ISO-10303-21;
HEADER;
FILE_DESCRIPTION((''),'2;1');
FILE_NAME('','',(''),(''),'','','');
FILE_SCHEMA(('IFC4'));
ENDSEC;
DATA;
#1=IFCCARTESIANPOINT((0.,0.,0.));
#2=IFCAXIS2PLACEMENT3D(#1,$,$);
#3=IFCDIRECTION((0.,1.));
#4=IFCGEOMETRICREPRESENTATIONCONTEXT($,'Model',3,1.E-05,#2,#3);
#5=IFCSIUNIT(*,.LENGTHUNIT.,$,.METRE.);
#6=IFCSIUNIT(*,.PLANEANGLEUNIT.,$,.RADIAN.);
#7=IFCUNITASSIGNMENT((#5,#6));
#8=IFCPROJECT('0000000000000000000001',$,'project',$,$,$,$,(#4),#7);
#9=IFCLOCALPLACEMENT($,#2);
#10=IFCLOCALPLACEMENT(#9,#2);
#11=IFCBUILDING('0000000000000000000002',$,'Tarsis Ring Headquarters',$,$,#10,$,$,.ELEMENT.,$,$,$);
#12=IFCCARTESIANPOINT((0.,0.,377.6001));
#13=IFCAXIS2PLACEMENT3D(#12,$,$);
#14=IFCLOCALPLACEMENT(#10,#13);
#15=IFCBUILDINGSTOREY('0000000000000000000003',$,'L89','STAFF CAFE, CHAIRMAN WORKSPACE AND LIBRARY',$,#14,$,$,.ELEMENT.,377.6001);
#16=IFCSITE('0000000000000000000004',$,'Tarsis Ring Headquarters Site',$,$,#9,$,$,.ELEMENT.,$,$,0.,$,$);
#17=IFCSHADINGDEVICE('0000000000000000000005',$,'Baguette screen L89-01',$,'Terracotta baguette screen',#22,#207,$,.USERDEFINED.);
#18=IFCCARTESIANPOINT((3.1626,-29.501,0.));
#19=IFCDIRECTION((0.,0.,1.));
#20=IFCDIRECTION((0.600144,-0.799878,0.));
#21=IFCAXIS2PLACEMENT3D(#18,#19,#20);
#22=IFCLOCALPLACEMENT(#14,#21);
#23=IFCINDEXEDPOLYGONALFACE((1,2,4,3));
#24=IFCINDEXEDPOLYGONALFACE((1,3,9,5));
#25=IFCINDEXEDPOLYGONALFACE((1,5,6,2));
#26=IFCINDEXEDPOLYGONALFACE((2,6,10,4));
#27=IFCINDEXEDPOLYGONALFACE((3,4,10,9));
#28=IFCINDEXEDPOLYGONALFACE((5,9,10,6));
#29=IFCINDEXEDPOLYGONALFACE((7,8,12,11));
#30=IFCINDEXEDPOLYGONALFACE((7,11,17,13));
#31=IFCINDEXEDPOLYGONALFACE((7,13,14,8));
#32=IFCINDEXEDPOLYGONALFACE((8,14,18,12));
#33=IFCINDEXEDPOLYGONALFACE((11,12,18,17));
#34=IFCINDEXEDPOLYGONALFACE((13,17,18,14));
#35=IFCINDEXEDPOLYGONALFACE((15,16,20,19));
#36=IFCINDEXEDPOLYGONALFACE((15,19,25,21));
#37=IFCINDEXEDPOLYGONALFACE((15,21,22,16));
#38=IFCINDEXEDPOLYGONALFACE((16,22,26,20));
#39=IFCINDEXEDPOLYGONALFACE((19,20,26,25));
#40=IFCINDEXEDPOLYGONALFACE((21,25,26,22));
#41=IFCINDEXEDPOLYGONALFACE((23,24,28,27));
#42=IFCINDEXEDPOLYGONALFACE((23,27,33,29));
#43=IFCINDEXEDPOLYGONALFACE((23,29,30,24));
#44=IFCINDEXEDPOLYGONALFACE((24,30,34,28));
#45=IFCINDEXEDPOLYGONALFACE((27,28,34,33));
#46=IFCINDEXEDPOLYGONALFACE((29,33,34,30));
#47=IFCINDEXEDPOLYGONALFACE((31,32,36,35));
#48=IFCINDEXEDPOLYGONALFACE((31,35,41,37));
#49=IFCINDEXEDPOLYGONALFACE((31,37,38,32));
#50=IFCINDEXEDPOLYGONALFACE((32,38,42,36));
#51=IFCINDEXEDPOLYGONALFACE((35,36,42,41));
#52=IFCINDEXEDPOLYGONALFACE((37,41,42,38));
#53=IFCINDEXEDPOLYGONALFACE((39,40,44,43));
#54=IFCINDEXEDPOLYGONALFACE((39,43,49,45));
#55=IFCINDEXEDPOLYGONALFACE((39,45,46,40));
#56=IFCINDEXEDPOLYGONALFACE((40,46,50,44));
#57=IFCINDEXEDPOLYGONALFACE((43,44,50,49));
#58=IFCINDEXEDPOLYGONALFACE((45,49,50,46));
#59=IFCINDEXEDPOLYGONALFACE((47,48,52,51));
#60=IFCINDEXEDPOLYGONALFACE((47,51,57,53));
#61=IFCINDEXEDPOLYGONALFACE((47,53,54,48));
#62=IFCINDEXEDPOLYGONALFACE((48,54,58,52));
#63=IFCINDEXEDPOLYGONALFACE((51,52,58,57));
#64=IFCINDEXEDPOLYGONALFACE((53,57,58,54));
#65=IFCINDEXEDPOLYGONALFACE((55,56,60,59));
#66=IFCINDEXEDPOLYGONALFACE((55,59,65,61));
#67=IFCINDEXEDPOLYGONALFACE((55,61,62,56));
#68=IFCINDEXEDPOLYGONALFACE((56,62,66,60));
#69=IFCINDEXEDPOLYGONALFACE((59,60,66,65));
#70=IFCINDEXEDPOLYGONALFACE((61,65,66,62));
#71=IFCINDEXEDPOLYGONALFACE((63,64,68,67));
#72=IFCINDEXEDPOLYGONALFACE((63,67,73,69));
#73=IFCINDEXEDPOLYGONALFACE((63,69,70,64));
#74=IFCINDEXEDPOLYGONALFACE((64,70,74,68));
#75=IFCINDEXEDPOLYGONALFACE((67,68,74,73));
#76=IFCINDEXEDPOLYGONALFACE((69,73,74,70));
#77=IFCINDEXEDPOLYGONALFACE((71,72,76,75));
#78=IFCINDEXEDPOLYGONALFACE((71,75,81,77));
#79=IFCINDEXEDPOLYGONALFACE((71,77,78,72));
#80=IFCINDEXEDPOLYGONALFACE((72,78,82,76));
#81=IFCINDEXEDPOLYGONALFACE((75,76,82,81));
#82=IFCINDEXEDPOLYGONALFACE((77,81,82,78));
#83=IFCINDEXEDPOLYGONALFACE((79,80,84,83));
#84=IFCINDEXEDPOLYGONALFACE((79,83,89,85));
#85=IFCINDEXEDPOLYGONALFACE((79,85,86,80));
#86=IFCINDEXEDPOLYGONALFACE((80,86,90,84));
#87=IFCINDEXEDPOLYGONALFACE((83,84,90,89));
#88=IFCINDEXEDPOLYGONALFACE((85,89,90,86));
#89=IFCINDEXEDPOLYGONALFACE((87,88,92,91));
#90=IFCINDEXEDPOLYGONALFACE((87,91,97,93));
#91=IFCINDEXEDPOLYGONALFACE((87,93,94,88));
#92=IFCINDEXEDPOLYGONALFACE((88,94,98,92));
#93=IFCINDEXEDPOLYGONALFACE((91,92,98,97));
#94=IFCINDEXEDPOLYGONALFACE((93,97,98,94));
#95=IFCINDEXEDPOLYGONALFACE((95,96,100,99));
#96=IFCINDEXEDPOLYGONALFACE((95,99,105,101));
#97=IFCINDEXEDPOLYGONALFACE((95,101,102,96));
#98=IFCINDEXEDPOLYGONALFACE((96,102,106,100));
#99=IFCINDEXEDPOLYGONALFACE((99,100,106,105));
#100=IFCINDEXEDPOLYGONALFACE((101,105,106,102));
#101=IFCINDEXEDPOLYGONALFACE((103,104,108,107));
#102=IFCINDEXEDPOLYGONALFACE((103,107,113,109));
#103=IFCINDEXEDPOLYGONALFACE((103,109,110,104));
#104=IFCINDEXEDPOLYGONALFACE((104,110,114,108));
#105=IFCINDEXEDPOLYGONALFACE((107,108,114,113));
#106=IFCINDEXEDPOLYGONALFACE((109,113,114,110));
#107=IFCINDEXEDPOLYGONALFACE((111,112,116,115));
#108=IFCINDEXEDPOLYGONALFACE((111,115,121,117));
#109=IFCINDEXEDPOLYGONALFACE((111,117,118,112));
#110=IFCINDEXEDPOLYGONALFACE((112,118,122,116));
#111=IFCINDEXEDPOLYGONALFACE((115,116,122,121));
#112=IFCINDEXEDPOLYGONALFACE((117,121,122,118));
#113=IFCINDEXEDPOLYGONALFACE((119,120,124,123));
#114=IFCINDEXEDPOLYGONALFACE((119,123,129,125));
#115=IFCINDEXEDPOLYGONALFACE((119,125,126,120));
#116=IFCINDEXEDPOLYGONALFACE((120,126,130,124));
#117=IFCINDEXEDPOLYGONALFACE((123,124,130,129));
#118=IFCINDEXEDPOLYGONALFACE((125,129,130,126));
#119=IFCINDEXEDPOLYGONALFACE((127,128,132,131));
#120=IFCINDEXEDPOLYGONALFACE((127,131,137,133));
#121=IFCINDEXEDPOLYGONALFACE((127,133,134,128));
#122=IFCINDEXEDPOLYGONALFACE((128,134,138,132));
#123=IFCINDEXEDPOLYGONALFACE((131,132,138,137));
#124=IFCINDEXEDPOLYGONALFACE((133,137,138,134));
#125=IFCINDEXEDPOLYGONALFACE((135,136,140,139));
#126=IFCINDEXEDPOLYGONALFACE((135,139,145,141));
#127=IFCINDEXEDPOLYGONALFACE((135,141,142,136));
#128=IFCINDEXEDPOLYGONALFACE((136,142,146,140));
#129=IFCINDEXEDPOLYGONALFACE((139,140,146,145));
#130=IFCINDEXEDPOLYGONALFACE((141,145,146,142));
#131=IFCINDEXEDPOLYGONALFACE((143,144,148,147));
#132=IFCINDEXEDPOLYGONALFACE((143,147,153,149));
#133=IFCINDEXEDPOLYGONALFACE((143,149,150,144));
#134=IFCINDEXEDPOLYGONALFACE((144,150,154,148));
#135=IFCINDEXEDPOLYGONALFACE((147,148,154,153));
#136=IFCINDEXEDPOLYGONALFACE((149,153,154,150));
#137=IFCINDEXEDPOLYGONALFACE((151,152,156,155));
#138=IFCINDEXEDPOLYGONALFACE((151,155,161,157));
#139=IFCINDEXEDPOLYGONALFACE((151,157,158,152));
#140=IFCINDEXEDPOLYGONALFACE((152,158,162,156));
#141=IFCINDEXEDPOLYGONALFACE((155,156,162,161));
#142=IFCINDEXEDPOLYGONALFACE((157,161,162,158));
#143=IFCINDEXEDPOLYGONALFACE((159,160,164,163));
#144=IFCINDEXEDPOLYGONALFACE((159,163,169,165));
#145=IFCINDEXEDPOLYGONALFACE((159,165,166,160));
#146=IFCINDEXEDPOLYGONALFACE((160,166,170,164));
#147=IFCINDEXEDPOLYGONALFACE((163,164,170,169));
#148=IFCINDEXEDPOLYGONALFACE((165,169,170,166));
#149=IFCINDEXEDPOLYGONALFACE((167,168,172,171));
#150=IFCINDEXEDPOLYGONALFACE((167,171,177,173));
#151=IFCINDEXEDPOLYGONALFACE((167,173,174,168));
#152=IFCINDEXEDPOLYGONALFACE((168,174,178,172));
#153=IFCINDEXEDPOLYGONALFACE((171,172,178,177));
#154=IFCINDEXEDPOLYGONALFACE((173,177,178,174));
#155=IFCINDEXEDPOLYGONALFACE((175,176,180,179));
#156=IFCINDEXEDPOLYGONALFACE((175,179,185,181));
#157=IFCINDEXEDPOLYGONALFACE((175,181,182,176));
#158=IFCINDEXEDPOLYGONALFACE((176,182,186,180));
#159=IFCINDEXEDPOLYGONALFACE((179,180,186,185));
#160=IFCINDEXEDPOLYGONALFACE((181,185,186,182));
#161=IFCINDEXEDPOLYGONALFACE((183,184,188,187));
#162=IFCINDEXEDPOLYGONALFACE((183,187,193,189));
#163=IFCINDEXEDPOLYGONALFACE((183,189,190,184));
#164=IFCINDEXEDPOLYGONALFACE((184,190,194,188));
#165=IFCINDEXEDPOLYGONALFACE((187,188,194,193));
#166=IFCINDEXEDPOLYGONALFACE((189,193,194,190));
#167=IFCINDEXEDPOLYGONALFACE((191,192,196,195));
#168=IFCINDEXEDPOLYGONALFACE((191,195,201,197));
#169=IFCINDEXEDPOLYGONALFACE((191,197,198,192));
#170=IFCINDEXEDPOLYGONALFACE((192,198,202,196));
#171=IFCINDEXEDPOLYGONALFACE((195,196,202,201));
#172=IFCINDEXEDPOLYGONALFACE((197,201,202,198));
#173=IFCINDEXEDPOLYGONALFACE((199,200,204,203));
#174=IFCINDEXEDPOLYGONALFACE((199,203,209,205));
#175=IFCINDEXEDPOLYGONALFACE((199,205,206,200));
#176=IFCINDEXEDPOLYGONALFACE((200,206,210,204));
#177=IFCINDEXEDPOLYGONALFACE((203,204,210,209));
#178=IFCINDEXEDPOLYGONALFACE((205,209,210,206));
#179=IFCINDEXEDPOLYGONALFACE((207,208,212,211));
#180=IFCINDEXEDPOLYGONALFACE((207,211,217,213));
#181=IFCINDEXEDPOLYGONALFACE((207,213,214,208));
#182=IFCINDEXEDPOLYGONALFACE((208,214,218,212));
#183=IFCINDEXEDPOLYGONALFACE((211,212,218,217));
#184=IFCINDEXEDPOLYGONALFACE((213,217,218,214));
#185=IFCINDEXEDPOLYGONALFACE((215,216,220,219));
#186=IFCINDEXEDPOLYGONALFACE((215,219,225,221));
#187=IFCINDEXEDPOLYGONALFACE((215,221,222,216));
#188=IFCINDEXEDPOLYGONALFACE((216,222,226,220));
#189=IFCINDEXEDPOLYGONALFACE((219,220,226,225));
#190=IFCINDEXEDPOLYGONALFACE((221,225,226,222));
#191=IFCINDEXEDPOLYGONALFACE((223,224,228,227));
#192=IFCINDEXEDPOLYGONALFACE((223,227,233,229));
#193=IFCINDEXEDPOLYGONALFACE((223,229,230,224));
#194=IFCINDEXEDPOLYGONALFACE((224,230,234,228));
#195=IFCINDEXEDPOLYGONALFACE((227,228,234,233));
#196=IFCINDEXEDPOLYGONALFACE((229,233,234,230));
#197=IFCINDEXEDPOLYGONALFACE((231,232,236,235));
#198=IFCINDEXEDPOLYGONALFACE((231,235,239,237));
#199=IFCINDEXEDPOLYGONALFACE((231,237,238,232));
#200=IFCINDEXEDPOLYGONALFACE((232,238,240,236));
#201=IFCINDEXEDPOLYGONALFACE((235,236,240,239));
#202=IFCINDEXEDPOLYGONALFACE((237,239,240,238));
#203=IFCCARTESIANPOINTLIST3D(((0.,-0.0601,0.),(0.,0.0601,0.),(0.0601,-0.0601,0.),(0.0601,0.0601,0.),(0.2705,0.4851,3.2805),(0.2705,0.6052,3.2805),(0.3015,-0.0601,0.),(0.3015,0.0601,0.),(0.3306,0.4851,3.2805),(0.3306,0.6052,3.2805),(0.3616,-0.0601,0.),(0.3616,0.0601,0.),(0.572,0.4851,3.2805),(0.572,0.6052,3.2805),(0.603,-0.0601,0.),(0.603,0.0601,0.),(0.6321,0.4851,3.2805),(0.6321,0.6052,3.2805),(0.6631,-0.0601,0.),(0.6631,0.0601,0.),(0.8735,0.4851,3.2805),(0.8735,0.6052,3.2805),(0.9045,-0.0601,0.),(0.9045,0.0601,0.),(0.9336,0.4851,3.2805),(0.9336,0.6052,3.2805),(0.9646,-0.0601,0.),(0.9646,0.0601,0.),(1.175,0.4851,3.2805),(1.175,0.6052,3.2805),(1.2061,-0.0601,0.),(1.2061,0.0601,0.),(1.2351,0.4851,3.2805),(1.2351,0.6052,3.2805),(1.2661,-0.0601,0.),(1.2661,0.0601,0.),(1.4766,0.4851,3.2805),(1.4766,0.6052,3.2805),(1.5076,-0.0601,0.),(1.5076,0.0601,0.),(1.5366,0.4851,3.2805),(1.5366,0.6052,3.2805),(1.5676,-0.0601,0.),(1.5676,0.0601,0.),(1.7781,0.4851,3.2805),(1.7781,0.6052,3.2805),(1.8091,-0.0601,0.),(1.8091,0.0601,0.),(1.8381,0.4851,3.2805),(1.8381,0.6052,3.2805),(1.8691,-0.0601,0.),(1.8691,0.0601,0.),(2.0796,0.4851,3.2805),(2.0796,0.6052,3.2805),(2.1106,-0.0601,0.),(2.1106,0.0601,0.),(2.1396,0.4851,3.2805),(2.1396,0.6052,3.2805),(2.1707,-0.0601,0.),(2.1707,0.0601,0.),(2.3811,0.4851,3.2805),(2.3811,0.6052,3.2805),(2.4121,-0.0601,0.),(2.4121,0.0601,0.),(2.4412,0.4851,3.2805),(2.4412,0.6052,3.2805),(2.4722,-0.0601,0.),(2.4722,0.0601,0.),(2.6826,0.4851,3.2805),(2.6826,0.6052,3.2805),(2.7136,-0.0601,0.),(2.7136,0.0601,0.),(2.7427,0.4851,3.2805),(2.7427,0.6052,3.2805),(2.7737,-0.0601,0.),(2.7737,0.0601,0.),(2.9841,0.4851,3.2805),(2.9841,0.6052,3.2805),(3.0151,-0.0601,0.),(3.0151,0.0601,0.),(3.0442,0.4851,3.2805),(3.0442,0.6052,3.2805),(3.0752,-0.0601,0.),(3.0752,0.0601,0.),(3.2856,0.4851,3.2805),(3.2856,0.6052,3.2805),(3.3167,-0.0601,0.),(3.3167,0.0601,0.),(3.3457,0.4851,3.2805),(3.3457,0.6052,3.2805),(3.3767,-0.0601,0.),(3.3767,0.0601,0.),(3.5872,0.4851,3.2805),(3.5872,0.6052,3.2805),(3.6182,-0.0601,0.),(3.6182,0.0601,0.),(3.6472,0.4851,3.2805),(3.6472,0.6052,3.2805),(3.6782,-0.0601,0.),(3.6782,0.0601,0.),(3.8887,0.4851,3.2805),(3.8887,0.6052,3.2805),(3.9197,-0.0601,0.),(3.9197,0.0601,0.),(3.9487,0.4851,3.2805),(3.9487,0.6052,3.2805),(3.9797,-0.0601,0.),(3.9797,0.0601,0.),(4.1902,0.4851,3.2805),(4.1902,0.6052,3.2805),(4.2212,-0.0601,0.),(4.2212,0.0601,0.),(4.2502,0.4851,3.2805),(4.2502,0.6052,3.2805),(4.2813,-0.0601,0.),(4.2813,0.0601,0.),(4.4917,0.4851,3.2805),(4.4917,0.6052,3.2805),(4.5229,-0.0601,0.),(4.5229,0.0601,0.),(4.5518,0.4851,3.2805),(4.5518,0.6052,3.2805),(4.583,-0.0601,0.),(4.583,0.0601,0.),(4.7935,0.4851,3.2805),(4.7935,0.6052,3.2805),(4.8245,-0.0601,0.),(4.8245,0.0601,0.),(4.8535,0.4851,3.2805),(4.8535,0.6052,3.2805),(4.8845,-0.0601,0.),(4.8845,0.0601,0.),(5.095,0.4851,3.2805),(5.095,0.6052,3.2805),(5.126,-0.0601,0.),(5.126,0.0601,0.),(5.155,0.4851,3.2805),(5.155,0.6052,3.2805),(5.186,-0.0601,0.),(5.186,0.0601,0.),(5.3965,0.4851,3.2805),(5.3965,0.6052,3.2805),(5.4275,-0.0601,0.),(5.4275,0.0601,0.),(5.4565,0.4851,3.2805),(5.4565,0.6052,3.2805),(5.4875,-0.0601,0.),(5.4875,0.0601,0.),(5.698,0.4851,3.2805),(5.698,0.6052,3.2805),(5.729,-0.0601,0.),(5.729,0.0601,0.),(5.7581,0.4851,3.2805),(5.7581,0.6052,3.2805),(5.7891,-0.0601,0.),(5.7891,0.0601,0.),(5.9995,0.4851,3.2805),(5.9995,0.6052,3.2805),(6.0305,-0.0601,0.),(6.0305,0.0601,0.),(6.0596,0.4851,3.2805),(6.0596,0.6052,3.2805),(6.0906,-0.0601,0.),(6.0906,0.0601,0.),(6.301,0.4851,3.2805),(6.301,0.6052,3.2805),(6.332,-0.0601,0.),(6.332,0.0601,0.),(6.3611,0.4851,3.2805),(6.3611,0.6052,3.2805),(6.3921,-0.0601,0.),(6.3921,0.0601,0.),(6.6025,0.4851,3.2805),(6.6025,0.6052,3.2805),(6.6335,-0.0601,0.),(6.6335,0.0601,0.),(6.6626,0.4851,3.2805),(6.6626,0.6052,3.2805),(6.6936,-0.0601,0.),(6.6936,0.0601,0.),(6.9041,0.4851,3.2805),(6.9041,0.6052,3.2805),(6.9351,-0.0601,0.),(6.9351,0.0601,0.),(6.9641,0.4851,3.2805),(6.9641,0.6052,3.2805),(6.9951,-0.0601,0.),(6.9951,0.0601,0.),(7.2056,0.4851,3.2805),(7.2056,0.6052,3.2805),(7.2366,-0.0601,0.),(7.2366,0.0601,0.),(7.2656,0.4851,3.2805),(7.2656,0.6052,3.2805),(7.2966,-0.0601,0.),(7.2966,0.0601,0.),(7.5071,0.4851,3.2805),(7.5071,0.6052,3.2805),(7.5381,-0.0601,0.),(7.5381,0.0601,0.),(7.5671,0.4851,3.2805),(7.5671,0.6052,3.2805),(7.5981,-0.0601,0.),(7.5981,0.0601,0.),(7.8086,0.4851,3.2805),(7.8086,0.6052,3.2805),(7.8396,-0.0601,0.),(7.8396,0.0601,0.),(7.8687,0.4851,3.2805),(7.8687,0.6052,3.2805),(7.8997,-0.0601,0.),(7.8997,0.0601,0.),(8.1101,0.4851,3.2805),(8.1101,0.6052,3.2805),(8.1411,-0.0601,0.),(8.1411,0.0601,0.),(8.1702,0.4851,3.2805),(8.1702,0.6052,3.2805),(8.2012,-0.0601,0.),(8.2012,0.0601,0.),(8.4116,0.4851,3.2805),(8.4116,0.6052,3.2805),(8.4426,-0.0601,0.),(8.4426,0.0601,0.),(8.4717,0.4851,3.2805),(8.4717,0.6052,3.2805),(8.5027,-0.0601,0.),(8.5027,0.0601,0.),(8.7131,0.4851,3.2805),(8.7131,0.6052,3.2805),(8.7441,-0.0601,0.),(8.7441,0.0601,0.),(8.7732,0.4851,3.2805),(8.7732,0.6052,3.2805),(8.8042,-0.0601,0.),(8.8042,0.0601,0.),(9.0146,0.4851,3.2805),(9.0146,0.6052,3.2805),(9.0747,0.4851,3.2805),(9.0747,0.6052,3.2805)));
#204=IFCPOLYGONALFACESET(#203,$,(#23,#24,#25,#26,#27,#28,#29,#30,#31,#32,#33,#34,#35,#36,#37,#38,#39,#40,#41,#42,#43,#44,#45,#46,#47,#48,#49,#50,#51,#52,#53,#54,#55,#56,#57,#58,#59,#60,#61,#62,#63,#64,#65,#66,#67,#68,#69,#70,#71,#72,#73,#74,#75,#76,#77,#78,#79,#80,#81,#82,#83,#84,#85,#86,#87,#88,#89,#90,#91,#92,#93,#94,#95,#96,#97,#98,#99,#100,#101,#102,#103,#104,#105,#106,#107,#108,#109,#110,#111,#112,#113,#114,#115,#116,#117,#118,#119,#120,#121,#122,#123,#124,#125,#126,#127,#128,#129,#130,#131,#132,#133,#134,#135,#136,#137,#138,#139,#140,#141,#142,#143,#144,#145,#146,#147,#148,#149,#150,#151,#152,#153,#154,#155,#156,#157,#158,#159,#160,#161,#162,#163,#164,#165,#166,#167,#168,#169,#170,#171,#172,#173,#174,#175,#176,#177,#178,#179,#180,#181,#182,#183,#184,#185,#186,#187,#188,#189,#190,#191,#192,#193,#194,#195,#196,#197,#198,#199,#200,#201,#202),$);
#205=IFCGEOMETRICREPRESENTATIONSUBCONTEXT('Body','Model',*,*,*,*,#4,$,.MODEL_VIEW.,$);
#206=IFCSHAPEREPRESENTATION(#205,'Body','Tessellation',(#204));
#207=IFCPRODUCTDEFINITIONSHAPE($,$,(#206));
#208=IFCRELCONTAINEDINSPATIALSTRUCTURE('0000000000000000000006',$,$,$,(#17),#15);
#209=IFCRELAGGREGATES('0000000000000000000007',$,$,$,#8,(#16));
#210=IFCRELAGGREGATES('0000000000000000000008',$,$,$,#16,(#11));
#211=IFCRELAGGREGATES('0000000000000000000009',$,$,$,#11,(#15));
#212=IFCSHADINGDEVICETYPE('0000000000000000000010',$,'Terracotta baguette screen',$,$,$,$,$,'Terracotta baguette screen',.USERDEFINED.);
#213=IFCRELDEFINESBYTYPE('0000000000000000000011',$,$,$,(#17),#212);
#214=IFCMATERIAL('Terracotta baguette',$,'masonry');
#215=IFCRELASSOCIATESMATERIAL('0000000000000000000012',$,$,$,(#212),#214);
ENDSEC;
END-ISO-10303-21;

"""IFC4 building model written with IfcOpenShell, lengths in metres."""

from ifc_helpers import new_model, si_unit, direction, frame, frame_2d, origin, place, context, subcontext, project, spatial, rectangle, composite_profile, extrude, material, type_object, element, save


model = new_model("IFC4")

# Units and contexts
model_context = context("Model", 3, precision=1e-05, world=origin(), true_north=direction((0.0, 1.0)))
body_context = subcontext(model_context, "Body", "Model", "MODEL_VIEW")
ifc_project = project(units=[si_unit("LENGTHUNIT", "METRE"), si_unit("PLANEANGLEUNIT", "RADIAN")], contexts=[model_context])

# Site, building, storey
site_placement = place(None, origin())
site = spatial("IfcSite", under=ifc_project, at=site_placement, Name="Tarsis Ring Headquarters Site", CompositionType="ELEMENT", RefElevation=0.0)
building_placement = place(site_placement, origin())
building = spatial("IfcBuilding", under=site, at=building_placement, Name="Tarsis Ring Headquarters", CompositionType="ELEMENT")
storey_placement = place(building_placement, frame((0.0, 0.0, 377.6001)))
storey = spatial("IfcBuildingStorey", under=building, at=storey_placement, Name="L89", Description="STAFF CAFE, CHAIRMAN WORKSPACE AND LIBRARY", CompositionType="ELEMENT", Elevation=377.6001)

# Shading device
ifc_material_1 = material(Name="Terracotta baguette", Category="masonry")
shading_device_type_1 = type_object("IfcShadingDeviceType", Name="Terracotta baguette screen", ElementType="Terracotta baguette screen", PredefinedType="USERDEFINED", material=ifc_material_1)
shading_device_1_placement = place(storey_placement, frame((3.1626, -29.501, 0.0), z_axis=(0.0, 0.0, 1.0), x_axis=(0.600144, -0.799878, 0.0)))
element("IfcShadingDevice", 1, at=shading_device_1_placement, inside=storey, type_object=shading_device_type_1, Name="Baguette screen L89-01", ObjectType="Terracotta baguette screen", PredefinedType="USERDEFINED", context=body_context, shape_type="SweptSolid", body=[
    extrude(composite_profile([rectangle(XDim=0.0601, YDim=0.1201, at=frame_2d((0.03, 0.0))), rectangle(XDim=0.0601, YDim=0.1201, at=frame_2d((0.3315, 0.0))), rectangle(XDim=0.0601, YDim=0.1201, at=frame_2d((0.6331, 0.0))), rectangle(XDim=0.0601, YDim=0.1201, at=frame_2d((0.9346, 0.0))), rectangle(XDim=0.0601, YDim=0.1201, at=frame_2d((1.2361, 0.0))), rectangle(XDim=0.0601, YDim=0.1201, at=frame_2d((1.5376, 0.0))), rectangle(XDim=0.0601, YDim=0.1201, at=frame_2d((1.8391, 0.0))), rectangle(XDim=0.0601, YDim=0.1201, at=frame_2d((2.1406, 0.0))), rectangle(XDim=0.0601, YDim=0.1201, at=frame_2d((2.4421, 0.0))), rectangle(XDim=0.0601, YDim=0.1201, at=frame_2d((2.7437, 0.0))), rectangle(XDim=0.0601, YDim=0.1201, at=frame_2d((3.0452, 0.0))), rectangle(XDim=0.0601, YDim=0.1201, at=frame_2d((3.3467, 0.0))), rectangle(XDim=0.0601, YDim=0.1201, at=frame_2d((3.6482, 0.0))), rectangle(XDim=0.0601, YDim=0.1201, at=frame_2d((3.9497, 0.0))), rectangle(XDim=0.0601, YDim=0.1201, at=frame_2d((4.2512, 0.0))), rectangle(XDim=0.0601, YDim=0.1201, at=frame_2d((4.553, 0.0))), rectangle(XDim=0.0601, YDim=0.1201, at=frame_2d((4.8545, 0.0))), rectangle(XDim=0.0601, YDim=0.1201, at=frame_2d((5.156, 0.0))), rectangle(XDim=0.0601, YDim=0.1201, at=frame_2d((5.4575, 0.0))), rectangle(XDim=0.0601, YDim=0.1201, at=frame_2d((5.759, 0.0))), rectangle(XDim=0.0601, YDim=0.1201, at=frame_2d((6.0605, 0.0))), rectangle(XDim=0.0601, YDim=0.1201, at=frame_2d((6.3621, 0.0))), rectangle(XDim=0.0601, YDim=0.1201, at=frame_2d((6.6636, 0.0))), rectangle(XDim=0.0601, YDim=0.1201, at=frame_2d((6.9651, 0.0))), rectangle(XDim=0.0601, YDim=0.1201, at=frame_2d((7.2666, 0.0))), rectangle(XDim=0.0601, YDim=0.1201, at=frame_2d((7.5681, 0.0))), rectangle(XDim=0.0601, YDim=0.1201, at=frame_2d((7.8696, 0.0))), rectangle(XDim=0.0601, YDim=0.1201, at=frame_2d((8.1711, 0.0))), rectangle(XDim=0.0601, YDim=0.1201, at=frame_2d((8.4727, 0.0))), rectangle(XDim=0.0601, YDim=0.1201, at=frame_2d((8.7742, 0.0)))]), origin(), (0.081077, 0.16339, 0.983224), 3.3364),
])

save(model, "model.ifc")
